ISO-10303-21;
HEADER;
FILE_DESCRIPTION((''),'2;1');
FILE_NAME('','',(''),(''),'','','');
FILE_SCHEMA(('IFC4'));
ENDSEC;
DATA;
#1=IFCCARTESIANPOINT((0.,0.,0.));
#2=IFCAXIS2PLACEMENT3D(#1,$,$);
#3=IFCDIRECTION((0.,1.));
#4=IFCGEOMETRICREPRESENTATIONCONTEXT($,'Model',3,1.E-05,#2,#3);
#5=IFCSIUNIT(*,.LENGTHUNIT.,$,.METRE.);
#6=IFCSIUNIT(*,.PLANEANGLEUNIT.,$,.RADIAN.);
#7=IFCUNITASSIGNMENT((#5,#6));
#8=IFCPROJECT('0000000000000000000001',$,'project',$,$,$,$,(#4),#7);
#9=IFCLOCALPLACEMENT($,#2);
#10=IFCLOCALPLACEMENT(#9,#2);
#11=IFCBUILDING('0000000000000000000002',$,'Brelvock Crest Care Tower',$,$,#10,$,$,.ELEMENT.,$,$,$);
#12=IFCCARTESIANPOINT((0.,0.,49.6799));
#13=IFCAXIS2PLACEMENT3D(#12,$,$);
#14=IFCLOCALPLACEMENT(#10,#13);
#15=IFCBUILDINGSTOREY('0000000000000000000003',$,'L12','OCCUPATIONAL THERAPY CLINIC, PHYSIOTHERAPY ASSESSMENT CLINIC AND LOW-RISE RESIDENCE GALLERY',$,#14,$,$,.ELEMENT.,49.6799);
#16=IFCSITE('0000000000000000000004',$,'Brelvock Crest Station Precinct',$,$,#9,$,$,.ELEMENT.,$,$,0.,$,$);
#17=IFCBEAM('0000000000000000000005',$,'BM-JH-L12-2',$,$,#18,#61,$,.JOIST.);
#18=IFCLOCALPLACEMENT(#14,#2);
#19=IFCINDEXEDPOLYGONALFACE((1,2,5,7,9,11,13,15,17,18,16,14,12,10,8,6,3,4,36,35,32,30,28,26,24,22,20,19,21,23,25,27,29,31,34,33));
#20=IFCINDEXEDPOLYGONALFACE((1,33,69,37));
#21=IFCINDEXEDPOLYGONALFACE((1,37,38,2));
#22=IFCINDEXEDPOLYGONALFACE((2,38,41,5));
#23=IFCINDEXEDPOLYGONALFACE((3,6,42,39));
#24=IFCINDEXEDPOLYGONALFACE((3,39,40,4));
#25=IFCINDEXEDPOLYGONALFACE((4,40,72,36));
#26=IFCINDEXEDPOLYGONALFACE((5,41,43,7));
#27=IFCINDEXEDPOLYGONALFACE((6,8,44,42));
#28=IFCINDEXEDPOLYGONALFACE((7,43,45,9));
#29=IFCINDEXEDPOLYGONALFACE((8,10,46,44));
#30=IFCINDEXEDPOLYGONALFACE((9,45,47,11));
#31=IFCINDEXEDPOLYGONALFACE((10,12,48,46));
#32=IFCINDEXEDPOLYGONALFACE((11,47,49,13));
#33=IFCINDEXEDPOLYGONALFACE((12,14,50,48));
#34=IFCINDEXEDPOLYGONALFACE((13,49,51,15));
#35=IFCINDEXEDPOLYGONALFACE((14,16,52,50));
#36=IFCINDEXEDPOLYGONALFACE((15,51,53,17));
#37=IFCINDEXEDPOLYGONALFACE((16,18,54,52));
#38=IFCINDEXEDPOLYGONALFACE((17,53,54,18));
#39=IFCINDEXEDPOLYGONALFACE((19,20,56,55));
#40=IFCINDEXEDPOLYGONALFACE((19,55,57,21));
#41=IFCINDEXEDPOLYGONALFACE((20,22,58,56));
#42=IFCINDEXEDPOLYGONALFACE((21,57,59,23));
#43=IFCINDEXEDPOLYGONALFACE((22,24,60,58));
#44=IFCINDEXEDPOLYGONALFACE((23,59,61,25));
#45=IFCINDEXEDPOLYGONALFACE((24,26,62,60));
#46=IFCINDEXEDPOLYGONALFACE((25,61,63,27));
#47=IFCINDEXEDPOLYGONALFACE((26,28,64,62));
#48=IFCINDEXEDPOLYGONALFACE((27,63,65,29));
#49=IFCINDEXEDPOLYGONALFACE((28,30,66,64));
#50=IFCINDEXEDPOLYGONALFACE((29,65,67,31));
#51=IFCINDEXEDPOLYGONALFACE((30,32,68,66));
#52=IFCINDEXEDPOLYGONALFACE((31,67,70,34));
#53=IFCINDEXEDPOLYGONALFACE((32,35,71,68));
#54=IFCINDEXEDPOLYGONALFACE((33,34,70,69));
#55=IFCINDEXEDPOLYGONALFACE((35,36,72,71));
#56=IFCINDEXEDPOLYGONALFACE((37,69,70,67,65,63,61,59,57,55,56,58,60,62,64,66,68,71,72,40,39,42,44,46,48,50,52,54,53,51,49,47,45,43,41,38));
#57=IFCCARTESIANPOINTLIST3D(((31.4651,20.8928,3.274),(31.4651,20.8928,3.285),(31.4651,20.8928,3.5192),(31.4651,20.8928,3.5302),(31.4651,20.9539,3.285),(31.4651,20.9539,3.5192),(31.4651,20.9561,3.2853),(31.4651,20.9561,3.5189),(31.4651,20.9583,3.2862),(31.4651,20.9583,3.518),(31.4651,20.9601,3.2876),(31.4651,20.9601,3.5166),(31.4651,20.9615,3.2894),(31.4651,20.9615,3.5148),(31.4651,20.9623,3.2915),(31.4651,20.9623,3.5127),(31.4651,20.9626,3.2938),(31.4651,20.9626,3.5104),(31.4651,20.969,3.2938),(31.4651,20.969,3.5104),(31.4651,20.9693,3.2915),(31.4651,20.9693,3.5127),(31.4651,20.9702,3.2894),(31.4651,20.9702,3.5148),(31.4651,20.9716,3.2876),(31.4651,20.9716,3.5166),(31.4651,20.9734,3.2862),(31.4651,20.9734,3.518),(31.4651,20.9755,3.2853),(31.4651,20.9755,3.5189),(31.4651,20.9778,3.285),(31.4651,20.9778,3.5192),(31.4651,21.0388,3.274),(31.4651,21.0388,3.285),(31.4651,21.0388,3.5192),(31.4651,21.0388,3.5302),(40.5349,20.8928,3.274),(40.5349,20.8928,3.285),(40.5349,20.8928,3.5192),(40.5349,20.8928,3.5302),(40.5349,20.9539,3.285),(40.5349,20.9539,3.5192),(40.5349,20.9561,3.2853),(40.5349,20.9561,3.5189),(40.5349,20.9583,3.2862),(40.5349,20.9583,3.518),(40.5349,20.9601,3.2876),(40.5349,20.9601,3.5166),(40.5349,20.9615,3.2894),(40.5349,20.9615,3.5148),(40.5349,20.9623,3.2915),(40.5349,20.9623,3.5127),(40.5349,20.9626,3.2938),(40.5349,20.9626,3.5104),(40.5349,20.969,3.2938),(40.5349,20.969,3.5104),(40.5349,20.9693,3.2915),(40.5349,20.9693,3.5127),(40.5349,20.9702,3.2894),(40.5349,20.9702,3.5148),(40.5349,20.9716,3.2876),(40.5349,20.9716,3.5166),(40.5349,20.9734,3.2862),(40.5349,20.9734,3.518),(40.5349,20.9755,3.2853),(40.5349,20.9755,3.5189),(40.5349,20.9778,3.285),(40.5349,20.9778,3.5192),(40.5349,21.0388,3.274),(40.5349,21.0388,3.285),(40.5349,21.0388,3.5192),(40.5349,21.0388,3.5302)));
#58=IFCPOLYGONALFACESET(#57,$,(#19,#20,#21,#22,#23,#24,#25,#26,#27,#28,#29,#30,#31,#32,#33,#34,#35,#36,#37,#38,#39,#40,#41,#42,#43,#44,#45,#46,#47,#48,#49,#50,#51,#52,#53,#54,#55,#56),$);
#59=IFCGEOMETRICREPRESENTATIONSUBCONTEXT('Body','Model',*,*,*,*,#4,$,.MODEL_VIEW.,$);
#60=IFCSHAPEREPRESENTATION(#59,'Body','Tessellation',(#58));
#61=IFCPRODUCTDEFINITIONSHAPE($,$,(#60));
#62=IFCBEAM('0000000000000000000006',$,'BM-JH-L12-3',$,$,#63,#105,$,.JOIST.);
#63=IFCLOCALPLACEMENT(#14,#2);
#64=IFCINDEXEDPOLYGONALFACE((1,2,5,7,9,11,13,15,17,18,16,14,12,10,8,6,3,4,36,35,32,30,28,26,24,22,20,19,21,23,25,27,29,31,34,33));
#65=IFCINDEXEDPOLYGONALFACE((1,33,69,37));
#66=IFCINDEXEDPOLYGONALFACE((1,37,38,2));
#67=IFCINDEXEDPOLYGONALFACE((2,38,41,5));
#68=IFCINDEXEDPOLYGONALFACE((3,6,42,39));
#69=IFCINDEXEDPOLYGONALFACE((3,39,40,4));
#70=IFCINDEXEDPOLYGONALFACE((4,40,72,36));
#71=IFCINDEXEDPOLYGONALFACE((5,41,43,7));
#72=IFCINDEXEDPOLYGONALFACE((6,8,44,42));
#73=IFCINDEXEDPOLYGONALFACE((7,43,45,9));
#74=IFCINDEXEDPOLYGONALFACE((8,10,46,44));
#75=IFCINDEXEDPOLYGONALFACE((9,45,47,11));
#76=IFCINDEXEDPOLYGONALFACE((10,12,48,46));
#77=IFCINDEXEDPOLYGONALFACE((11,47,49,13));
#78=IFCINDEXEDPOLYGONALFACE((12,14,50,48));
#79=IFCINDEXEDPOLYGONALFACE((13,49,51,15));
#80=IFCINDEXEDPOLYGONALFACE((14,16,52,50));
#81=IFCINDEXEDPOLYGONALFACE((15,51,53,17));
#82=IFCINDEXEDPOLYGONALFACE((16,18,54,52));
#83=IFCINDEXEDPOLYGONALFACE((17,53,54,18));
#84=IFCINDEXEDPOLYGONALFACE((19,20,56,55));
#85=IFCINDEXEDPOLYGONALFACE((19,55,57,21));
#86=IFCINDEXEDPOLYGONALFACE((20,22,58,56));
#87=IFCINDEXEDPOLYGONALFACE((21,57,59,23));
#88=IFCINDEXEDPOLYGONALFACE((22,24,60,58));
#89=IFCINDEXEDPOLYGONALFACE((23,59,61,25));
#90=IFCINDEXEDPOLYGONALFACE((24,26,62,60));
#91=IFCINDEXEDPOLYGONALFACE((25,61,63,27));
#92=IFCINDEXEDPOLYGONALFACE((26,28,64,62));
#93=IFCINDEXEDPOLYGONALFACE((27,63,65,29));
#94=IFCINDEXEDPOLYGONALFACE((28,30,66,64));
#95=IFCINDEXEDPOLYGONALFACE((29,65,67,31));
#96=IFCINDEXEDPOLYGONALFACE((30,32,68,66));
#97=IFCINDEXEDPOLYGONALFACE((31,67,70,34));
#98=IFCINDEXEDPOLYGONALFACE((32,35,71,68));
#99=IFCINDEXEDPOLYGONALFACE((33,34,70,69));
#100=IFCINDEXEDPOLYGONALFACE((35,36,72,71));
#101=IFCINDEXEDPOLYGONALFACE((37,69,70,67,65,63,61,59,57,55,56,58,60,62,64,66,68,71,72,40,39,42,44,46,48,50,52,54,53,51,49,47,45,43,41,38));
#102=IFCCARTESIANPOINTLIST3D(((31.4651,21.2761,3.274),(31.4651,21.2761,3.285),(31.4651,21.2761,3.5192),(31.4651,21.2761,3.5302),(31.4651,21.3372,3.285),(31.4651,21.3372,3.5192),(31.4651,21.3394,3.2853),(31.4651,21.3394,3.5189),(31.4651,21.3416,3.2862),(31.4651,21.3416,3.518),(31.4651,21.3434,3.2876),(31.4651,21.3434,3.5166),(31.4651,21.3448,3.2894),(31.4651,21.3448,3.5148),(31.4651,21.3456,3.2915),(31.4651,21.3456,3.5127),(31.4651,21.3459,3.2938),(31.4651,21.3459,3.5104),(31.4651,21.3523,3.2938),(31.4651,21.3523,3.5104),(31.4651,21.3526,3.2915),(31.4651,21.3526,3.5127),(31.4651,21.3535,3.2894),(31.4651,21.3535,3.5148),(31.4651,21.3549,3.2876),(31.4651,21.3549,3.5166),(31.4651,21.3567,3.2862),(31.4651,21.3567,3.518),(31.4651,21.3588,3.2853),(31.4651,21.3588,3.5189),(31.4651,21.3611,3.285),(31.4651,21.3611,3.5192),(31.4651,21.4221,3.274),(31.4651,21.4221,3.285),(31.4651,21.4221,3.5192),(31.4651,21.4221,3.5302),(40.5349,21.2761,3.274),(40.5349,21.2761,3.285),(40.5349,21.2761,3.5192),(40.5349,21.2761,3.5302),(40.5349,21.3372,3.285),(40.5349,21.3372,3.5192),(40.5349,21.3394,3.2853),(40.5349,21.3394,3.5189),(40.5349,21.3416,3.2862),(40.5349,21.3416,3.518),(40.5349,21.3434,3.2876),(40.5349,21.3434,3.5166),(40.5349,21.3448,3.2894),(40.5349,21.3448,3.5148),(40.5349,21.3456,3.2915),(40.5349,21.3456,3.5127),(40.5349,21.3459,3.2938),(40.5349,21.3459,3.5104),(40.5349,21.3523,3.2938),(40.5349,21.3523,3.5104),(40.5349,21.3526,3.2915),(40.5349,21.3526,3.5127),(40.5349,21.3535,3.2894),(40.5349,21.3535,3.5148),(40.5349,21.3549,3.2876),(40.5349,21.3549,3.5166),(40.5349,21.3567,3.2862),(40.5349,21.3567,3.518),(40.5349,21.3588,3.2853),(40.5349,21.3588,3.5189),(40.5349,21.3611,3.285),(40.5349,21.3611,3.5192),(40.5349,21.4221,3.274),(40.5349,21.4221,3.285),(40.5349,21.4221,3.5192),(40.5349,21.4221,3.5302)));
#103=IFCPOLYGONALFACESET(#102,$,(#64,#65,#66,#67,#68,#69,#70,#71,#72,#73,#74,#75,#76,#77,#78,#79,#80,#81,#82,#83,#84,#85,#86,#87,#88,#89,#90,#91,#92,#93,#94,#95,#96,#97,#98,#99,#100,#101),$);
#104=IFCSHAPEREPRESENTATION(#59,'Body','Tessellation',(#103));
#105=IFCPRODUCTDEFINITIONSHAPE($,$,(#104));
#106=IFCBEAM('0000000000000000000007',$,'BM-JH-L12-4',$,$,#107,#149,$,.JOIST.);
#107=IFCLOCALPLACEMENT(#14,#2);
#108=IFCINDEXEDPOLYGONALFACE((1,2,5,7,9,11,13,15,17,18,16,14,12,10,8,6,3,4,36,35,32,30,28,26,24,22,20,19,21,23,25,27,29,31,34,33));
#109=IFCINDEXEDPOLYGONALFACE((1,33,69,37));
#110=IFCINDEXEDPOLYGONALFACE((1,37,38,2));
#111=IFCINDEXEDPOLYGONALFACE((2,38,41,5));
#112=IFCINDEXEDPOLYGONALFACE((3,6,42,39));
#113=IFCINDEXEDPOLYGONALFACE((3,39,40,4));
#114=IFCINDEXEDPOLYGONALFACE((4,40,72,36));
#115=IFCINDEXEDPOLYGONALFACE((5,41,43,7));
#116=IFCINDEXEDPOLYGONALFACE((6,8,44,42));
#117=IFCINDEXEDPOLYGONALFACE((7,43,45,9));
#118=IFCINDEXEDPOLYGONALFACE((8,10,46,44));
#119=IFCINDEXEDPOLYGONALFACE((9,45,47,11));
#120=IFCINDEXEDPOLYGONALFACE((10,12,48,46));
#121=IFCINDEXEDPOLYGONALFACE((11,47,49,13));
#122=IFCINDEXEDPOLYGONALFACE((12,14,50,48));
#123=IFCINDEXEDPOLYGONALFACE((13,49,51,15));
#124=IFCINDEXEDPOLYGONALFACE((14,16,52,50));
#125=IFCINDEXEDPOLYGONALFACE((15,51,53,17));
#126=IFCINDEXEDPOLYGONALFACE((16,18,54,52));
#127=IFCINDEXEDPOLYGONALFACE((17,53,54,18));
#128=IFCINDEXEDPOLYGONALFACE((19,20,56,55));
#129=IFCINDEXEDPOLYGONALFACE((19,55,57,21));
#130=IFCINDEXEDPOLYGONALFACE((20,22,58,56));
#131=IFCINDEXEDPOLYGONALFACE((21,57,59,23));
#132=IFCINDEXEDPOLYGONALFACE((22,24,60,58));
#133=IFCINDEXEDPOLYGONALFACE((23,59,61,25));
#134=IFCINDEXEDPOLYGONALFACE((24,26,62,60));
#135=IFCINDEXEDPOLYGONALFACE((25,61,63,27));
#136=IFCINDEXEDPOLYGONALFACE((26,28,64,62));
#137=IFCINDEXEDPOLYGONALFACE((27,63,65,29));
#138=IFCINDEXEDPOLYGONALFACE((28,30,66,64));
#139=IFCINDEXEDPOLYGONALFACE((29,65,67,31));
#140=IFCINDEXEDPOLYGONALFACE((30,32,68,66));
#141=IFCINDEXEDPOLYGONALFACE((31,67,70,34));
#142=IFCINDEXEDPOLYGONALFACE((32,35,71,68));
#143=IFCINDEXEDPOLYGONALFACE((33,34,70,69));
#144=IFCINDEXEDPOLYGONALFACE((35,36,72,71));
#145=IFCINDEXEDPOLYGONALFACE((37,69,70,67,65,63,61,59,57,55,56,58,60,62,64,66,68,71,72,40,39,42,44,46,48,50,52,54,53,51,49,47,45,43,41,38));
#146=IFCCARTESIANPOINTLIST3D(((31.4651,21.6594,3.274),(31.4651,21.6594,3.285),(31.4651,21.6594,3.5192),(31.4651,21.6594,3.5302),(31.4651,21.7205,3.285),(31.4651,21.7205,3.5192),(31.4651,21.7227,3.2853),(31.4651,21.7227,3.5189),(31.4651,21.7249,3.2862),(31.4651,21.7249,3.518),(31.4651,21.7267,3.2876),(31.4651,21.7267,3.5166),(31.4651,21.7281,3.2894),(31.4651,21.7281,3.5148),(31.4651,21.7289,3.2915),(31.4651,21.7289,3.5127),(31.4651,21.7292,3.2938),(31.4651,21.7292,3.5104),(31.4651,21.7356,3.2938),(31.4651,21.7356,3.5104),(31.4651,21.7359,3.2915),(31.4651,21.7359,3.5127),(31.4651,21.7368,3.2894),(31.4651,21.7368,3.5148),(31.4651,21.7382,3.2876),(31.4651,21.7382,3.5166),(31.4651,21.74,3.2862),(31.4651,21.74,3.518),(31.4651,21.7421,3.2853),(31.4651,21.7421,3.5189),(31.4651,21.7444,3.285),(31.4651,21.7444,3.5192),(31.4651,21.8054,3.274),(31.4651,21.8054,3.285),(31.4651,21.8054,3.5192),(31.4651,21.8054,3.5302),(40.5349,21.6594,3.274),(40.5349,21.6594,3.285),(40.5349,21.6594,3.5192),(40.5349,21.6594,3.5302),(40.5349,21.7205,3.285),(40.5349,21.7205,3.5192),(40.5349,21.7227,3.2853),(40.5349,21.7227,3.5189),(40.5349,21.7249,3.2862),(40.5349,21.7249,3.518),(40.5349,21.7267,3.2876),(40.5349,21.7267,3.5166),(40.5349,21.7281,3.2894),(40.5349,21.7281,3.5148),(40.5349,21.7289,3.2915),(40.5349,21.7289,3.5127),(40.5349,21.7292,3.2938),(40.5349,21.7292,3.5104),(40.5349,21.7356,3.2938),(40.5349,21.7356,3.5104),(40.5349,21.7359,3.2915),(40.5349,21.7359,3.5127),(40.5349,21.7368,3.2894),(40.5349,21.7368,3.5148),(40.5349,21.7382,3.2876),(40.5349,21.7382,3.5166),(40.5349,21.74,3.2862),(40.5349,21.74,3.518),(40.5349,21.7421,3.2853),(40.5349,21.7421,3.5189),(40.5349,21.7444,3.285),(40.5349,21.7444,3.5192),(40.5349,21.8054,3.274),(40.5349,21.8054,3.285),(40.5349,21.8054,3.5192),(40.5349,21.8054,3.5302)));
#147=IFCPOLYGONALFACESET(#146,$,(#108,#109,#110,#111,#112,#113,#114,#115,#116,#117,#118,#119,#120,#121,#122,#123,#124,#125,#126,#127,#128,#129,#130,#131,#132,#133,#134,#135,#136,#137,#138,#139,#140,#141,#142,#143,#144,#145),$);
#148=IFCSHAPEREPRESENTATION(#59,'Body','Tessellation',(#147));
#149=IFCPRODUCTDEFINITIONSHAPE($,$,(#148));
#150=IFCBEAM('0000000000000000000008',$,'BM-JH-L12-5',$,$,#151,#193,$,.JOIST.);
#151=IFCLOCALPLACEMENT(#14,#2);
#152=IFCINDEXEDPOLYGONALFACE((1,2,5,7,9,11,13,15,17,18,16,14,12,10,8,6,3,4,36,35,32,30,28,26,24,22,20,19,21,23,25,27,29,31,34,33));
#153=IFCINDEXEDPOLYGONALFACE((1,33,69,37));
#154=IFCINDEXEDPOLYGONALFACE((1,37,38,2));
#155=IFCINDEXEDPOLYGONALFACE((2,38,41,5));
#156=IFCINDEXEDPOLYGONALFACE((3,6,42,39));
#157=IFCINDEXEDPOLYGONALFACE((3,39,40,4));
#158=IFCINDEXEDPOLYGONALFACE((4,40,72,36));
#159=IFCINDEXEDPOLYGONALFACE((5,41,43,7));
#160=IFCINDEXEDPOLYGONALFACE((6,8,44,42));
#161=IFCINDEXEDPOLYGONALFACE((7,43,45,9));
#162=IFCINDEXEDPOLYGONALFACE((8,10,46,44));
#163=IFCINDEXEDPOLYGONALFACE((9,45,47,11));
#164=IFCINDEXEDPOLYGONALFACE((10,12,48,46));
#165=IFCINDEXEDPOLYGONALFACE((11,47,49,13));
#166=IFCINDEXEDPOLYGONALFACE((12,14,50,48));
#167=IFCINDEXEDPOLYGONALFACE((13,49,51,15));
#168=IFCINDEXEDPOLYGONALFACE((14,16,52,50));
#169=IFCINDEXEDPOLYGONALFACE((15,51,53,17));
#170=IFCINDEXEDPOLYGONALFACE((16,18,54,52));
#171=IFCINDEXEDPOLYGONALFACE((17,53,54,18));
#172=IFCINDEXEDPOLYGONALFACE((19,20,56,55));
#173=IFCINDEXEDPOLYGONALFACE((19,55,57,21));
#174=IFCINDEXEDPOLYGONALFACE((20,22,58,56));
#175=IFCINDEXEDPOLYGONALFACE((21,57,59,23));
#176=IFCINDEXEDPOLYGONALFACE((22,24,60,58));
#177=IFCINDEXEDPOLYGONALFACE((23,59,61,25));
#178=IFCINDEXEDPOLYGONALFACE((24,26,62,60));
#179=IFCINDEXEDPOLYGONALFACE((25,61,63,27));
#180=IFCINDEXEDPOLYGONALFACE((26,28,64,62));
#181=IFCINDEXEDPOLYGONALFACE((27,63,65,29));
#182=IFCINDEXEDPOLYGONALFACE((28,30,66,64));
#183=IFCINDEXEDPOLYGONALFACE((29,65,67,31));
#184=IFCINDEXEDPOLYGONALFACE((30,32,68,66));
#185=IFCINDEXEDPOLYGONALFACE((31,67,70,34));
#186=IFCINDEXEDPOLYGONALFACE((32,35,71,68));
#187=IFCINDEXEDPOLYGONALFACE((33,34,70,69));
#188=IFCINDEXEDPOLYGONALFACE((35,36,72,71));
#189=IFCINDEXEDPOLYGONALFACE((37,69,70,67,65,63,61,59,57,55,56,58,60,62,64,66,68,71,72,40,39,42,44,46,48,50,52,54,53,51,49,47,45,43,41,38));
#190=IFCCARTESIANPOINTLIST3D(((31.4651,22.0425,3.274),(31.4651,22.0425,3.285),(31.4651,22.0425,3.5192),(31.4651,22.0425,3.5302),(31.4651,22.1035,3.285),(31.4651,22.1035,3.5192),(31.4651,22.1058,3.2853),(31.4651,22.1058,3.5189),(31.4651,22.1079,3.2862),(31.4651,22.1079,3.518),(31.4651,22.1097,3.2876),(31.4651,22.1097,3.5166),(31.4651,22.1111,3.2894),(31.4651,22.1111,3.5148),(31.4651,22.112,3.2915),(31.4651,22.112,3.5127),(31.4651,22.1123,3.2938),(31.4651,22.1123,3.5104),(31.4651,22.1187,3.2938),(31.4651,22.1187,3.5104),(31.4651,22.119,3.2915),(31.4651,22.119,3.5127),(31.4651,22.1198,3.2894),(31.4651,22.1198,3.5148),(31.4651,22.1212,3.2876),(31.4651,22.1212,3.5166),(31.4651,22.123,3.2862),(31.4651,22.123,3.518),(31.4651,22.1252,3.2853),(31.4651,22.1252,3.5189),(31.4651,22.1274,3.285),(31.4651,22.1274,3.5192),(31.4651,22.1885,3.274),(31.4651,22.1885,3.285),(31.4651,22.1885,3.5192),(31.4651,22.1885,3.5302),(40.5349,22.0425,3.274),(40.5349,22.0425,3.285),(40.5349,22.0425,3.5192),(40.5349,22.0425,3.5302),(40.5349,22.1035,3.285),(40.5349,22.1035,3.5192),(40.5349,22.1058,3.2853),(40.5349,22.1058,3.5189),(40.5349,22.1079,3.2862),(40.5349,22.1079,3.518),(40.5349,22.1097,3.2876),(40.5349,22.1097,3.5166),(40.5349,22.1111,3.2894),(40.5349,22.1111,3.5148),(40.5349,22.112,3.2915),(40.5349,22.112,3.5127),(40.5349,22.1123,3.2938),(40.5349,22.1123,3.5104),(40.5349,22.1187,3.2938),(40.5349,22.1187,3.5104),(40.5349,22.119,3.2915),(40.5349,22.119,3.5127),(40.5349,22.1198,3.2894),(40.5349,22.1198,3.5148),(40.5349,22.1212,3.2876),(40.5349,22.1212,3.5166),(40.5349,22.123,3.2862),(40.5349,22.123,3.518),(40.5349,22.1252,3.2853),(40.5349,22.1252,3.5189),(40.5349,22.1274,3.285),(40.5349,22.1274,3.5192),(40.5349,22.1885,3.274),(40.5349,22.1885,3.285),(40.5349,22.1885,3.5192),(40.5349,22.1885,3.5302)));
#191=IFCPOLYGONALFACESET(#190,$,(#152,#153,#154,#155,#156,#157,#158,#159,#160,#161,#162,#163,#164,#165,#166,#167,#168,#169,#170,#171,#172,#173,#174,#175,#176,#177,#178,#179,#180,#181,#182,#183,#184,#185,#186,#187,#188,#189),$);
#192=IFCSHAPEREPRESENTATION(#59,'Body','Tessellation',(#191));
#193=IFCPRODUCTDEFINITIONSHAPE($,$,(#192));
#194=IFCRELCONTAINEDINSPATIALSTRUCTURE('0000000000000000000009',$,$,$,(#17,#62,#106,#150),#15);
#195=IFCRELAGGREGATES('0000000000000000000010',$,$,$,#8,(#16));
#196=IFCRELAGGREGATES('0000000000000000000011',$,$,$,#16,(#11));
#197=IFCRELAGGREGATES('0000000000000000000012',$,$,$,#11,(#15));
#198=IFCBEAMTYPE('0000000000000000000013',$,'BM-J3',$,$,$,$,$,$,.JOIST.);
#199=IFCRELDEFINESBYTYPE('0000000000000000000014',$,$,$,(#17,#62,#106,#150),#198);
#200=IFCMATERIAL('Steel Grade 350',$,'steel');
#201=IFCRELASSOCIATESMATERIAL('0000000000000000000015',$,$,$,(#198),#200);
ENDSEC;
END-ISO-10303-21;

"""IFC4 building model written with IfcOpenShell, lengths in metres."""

from ifc_helpers import new_model, si_unit, direction, frame, origin, origin_2d, place, context, subcontext, project, spatial, i_section, extrude, source, transform, mapped, material, material_profile, profile_set, type_object, element, save


model = new_model("IFC4")

# Units and contexts
model_context = context("Model", 3, precision=1e-05, world=origin(), true_north=direction((0.0, 1.0)))
body_context = subcontext(model_context, "Body", "Model", "MODEL_VIEW")
ifc_project = project(units=[si_unit("LENGTHUNIT", "METRE"), si_unit("PLANEANGLEUNIT", "RADIAN")], contexts=[model_context])

# Site, building, storey
site_placement = place(None, origin())
site = spatial("IfcSite", under=ifc_project, at=site_placement, Name="Brelvock Crest Station Precinct", CompositionType="ELEMENT", RefElevation=0.0)
building_placement = place(site_placement, origin())
building = spatial("IfcBuilding", under=site, at=building_placement, Name="Brelvock Crest Care Tower", CompositionType="ELEMENT")
storey_placement = place(building_placement, frame((0.0, 0.0, 49.6799)))
storey = spatial("IfcBuildingStorey", under=building, at=storey_placement, Name="L12", Description="OCCUPATIONAL THERAPY CLINIC, PHYSIOTHERAPY ASSESSMENT CLINIC AND LOW-RISE RESIDENCE GALLERY", CompositionType="ELEMENT", Elevation=49.6799)

# Shared definitions
ifc_material_1 = material(Name="Steel Grade 350", Category="steel")

# Beams
ifc_material_profile_1 = material_profile(ifc_material_1, i_section(OverallWidth=0.146, OverallDepth=0.2561, WebThickness=0.0063, FlangeThickness=0.011, FilletRadius=0.0088, at=origin_2d()), Name="250UB37.3")
ifc_profile_set_1 = profile_set([ifc_material_profile_1], Name="Steel Grade 350")
beam_type_1 = type_object("IfcBeamType", Name="BM-J3", PredefinedType="JOIST", material=ifc_profile_set_1)
shared_shape_1 = source(origin(), body_context, "Body", "SweptSolid", [
    extrude(i_section(OverallWidth=0.146, OverallDepth=0.2561, WebThickness=0.0063, FlangeThickness=0.011, FilletRadius=0.0088, at=origin_2d()), origin(), (0.0, 0.0, 1.0), 9.0698),
])
for number, where, z_axis, x_axis, name in (
    (1, (31.4651, 20.9658, 3.4021), (1.0, 0.0, 0.0), (0.0, 1.0, 0.0), "BM-JH-L12-2"),
    (2, (31.4651, 21.3491, 3.4021), (1.0, 0.0, 0.0), (0.0, 1.0, 0.0), "BM-JH-L12-3"),
    (3, (31.4651, 21.7324, 3.4021), (1.0, 0.0, 0.0), (0.0, 1.0, 0.0), "BM-JH-L12-4"),
    (4, (31.4651, 22.1155, 3.4021), (1.0, 0.0, 0.0), (0.0, 1.0, 0.0), "BM-JH-L12-5"),
):
    element("IfcBeam", number, at=place(storey_placement, frame(where, z_axis=z_axis, x_axis=x_axis)), inside=storey, type_object=beam_type_1, Name=name, PredefinedType="JOIST", context=body_context, shape_type="MappedRepresentation", body=[
        mapped(shared_shape_1, transform((0.0, 0.0, 0.0), x_axis=(1.0, 0.0, 0.0), y_axis=(0.0, 1.0, 0.0), z_axis=(0.0, 0.0, 1.0), scale=1.0)),
    ])

save(model, "model.ifc")
